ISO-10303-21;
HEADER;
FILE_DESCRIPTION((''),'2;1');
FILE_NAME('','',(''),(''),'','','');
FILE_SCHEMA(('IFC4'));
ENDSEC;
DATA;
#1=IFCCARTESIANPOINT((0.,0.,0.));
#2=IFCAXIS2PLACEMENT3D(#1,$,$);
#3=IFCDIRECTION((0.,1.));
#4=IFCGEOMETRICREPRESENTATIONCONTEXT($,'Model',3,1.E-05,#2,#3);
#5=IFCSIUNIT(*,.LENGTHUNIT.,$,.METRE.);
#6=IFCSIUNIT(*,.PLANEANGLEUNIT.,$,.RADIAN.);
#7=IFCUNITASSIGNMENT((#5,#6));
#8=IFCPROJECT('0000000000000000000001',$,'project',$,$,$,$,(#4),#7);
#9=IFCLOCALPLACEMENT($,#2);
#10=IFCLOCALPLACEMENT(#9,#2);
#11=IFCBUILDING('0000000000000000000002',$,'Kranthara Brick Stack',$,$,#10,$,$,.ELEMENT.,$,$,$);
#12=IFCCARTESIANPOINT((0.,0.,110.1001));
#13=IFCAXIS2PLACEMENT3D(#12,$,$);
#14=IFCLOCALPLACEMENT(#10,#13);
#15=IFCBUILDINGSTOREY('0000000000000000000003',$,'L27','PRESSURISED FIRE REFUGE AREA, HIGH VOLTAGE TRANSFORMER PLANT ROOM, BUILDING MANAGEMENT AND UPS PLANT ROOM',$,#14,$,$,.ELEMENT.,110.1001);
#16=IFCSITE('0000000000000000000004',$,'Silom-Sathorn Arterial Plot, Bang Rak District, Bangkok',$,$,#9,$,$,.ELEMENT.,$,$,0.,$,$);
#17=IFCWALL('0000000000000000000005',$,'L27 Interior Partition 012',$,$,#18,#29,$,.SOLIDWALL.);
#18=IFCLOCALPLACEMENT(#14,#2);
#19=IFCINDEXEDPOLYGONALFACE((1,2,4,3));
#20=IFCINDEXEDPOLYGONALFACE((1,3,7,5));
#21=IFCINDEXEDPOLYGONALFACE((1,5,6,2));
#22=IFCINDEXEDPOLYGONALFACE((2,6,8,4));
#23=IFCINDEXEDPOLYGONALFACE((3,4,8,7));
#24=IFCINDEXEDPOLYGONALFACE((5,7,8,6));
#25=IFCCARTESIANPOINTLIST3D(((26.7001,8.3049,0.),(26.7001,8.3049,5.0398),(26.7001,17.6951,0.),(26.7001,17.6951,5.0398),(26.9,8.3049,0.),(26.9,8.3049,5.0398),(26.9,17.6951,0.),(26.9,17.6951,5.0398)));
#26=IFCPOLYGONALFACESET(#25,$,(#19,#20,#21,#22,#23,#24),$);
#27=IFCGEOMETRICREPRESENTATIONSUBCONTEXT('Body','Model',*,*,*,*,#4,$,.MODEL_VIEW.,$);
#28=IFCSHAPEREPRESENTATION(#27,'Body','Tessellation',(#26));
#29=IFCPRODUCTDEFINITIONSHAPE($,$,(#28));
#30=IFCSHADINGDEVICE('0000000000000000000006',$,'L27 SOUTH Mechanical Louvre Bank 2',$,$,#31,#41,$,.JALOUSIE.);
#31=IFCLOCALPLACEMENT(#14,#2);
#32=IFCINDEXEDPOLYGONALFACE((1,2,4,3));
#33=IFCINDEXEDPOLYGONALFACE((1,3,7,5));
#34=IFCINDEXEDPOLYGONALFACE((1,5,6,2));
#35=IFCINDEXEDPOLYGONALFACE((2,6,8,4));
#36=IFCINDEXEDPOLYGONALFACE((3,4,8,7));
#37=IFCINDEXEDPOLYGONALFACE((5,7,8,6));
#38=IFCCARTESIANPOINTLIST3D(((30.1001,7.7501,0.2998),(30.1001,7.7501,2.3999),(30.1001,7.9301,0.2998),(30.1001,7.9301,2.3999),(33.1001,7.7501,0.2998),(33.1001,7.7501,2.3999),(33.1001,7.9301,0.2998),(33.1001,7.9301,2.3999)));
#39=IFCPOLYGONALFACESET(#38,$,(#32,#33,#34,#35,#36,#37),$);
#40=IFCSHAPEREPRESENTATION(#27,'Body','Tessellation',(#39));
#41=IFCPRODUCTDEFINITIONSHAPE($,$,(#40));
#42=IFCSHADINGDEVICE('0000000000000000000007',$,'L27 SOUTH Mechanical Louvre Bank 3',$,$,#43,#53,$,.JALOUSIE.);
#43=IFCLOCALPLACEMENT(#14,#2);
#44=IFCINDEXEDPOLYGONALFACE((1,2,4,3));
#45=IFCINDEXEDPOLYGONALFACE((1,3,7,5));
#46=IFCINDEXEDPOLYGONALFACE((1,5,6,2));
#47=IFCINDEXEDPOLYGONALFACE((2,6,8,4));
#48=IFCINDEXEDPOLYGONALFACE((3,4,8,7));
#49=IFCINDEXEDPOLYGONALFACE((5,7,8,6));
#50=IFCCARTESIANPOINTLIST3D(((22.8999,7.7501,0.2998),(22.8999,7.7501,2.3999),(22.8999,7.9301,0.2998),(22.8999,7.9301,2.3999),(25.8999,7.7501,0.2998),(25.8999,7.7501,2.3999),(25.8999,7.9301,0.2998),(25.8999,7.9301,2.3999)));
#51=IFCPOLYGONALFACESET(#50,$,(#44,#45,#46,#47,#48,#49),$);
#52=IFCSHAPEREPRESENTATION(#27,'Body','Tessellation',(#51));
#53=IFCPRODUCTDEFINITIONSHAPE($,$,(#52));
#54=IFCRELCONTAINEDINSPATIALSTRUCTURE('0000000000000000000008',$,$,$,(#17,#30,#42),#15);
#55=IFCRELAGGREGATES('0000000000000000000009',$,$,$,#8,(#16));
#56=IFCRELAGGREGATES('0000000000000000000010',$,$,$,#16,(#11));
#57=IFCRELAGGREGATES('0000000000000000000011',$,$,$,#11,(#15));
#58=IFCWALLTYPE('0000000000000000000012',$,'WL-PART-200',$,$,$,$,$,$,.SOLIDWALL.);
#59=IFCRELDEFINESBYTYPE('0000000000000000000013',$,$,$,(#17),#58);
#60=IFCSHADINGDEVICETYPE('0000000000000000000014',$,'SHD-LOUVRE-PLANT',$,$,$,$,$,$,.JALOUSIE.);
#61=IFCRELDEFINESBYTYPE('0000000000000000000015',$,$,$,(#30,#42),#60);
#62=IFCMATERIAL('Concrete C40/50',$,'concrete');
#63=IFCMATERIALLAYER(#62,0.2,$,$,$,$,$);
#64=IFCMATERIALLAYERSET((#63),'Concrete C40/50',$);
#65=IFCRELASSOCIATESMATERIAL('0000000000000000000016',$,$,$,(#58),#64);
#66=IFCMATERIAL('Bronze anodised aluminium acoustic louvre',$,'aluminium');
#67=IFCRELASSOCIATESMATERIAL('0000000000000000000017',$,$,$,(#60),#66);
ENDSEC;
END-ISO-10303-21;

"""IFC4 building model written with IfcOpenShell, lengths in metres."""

from ifc_helpers import new_model, si_unit, direction, frame, frame_2d, origin, origin_2d, place, context, subcontext, project, spatial, rectangle, extrude, material, layer, layer_set, type_object, element, save


model = new_model("IFC4")

# Units and contexts
model_context = context("Model", 3, precision=1e-05, world=origin(), true_north=direction((0.0, 1.0)))
body_context = subcontext(model_context, "Body", "Model", "MODEL_VIEW")
ifc_project = project(units=[si_unit("LENGTHUNIT", "METRE"), si_unit("PLANEANGLEUNIT", "RADIAN")], contexts=[model_context])

# Site, building, storey
site_placement = place(None, origin())
site = spatial("IfcSite", under=ifc_project, at=site_placement, Name="Silom-Sathorn Arterial Plot, Bang Rak District, Bangkok", CompositionType="ELEMENT", RefElevation=0.0)
building_placement = place(site_placement, origin())
building = spatial("IfcBuilding", under=site, at=building_placement, Name="Kranthara Brick Stack", CompositionType="ELEMENT")
storey_placement = place(building_placement, frame((0.0, 0.0, 110.1001)))
storey = spatial("IfcBuildingStorey", under=building, at=storey_placement, Name="L27", Description="PRESSURISED FIRE REFUGE AREA, HIGH VOLTAGE TRANSFORMER PLANT ROOM, BUILDING MANAGEMENT AND UPS PLANT ROOM", CompositionType="ELEMENT", Elevation=110.1001)

# Wall
ifc_material_1 = material(Name="Concrete C40/50", Category="concrete")
ifc_layer_1 = layer(ifc_material_1, 0.2)
ifc_layer_set_1 = layer_set([ifc_layer_1], Name="Concrete C40/50")
wall_type_1 = type_object("IfcWallType", Name="WL-PART-200", PredefinedType="SOLIDWALL", material=ifc_layer_set_1)
wall_1_placement = place(storey_placement, frame((26.8, 8.3049, 0.0), z_axis=(0.0, 0.0, 1.0), x_axis=(0.0, 1.0, 0.0)))
element("IfcWall", 1, at=wall_1_placement, inside=storey, type_object=wall_type_1, Name="L27 Interior Partition 012", PredefinedType="SOLIDWALL", context=body_context, shape_type="SweptSolid", body=[
    extrude(rectangle(XDim=9.3901, YDim=0.2, at=frame_2d((4.6951, 0.0))), origin(), (0.0, 0.0, 1.0), 5.0398),
])

# Shading devices
ifc_material_2 = material(Name="Bronze anodised aluminium acoustic louvre", Category="aluminium")
shading_device_type = type_object("IfcShadingDeviceType", Name="SHD-LOUVRE-PLANT", PredefinedType="JALOUSIE", material=ifc_material_2)
for number, where, z_axis, x_axis, name in (
    (2, (31.6001, 7.8401, 0.2998), (0.0, 0.0, 1.0), (-1.0, 0.0, 0.0), "L27 SOUTH Mechanical Louvre Bank 2"),
    (3, (24.3999, 7.8401, 0.2998), (0.0, 0.0, 1.0), (-1.0, 0.0, 0.0), "L27 SOUTH Mechanical Louvre Bank 3"),
):
    element("IfcShadingDevice", number, at=place(storey_placement, frame(where, z_axis=z_axis, x_axis=x_axis)), inside=storey, type_object=shading_device_type, Name=name, PredefinedType="JALOUSIE", context=body_context, shape_type="SweptSolid", body=[
        extrude(rectangle(XDim=3.0, YDim=0.1799, at=origin_2d()), origin(), (0.0, 0.0, 1.0), 2.1001),
    ])

save(model, "model.ifc")
